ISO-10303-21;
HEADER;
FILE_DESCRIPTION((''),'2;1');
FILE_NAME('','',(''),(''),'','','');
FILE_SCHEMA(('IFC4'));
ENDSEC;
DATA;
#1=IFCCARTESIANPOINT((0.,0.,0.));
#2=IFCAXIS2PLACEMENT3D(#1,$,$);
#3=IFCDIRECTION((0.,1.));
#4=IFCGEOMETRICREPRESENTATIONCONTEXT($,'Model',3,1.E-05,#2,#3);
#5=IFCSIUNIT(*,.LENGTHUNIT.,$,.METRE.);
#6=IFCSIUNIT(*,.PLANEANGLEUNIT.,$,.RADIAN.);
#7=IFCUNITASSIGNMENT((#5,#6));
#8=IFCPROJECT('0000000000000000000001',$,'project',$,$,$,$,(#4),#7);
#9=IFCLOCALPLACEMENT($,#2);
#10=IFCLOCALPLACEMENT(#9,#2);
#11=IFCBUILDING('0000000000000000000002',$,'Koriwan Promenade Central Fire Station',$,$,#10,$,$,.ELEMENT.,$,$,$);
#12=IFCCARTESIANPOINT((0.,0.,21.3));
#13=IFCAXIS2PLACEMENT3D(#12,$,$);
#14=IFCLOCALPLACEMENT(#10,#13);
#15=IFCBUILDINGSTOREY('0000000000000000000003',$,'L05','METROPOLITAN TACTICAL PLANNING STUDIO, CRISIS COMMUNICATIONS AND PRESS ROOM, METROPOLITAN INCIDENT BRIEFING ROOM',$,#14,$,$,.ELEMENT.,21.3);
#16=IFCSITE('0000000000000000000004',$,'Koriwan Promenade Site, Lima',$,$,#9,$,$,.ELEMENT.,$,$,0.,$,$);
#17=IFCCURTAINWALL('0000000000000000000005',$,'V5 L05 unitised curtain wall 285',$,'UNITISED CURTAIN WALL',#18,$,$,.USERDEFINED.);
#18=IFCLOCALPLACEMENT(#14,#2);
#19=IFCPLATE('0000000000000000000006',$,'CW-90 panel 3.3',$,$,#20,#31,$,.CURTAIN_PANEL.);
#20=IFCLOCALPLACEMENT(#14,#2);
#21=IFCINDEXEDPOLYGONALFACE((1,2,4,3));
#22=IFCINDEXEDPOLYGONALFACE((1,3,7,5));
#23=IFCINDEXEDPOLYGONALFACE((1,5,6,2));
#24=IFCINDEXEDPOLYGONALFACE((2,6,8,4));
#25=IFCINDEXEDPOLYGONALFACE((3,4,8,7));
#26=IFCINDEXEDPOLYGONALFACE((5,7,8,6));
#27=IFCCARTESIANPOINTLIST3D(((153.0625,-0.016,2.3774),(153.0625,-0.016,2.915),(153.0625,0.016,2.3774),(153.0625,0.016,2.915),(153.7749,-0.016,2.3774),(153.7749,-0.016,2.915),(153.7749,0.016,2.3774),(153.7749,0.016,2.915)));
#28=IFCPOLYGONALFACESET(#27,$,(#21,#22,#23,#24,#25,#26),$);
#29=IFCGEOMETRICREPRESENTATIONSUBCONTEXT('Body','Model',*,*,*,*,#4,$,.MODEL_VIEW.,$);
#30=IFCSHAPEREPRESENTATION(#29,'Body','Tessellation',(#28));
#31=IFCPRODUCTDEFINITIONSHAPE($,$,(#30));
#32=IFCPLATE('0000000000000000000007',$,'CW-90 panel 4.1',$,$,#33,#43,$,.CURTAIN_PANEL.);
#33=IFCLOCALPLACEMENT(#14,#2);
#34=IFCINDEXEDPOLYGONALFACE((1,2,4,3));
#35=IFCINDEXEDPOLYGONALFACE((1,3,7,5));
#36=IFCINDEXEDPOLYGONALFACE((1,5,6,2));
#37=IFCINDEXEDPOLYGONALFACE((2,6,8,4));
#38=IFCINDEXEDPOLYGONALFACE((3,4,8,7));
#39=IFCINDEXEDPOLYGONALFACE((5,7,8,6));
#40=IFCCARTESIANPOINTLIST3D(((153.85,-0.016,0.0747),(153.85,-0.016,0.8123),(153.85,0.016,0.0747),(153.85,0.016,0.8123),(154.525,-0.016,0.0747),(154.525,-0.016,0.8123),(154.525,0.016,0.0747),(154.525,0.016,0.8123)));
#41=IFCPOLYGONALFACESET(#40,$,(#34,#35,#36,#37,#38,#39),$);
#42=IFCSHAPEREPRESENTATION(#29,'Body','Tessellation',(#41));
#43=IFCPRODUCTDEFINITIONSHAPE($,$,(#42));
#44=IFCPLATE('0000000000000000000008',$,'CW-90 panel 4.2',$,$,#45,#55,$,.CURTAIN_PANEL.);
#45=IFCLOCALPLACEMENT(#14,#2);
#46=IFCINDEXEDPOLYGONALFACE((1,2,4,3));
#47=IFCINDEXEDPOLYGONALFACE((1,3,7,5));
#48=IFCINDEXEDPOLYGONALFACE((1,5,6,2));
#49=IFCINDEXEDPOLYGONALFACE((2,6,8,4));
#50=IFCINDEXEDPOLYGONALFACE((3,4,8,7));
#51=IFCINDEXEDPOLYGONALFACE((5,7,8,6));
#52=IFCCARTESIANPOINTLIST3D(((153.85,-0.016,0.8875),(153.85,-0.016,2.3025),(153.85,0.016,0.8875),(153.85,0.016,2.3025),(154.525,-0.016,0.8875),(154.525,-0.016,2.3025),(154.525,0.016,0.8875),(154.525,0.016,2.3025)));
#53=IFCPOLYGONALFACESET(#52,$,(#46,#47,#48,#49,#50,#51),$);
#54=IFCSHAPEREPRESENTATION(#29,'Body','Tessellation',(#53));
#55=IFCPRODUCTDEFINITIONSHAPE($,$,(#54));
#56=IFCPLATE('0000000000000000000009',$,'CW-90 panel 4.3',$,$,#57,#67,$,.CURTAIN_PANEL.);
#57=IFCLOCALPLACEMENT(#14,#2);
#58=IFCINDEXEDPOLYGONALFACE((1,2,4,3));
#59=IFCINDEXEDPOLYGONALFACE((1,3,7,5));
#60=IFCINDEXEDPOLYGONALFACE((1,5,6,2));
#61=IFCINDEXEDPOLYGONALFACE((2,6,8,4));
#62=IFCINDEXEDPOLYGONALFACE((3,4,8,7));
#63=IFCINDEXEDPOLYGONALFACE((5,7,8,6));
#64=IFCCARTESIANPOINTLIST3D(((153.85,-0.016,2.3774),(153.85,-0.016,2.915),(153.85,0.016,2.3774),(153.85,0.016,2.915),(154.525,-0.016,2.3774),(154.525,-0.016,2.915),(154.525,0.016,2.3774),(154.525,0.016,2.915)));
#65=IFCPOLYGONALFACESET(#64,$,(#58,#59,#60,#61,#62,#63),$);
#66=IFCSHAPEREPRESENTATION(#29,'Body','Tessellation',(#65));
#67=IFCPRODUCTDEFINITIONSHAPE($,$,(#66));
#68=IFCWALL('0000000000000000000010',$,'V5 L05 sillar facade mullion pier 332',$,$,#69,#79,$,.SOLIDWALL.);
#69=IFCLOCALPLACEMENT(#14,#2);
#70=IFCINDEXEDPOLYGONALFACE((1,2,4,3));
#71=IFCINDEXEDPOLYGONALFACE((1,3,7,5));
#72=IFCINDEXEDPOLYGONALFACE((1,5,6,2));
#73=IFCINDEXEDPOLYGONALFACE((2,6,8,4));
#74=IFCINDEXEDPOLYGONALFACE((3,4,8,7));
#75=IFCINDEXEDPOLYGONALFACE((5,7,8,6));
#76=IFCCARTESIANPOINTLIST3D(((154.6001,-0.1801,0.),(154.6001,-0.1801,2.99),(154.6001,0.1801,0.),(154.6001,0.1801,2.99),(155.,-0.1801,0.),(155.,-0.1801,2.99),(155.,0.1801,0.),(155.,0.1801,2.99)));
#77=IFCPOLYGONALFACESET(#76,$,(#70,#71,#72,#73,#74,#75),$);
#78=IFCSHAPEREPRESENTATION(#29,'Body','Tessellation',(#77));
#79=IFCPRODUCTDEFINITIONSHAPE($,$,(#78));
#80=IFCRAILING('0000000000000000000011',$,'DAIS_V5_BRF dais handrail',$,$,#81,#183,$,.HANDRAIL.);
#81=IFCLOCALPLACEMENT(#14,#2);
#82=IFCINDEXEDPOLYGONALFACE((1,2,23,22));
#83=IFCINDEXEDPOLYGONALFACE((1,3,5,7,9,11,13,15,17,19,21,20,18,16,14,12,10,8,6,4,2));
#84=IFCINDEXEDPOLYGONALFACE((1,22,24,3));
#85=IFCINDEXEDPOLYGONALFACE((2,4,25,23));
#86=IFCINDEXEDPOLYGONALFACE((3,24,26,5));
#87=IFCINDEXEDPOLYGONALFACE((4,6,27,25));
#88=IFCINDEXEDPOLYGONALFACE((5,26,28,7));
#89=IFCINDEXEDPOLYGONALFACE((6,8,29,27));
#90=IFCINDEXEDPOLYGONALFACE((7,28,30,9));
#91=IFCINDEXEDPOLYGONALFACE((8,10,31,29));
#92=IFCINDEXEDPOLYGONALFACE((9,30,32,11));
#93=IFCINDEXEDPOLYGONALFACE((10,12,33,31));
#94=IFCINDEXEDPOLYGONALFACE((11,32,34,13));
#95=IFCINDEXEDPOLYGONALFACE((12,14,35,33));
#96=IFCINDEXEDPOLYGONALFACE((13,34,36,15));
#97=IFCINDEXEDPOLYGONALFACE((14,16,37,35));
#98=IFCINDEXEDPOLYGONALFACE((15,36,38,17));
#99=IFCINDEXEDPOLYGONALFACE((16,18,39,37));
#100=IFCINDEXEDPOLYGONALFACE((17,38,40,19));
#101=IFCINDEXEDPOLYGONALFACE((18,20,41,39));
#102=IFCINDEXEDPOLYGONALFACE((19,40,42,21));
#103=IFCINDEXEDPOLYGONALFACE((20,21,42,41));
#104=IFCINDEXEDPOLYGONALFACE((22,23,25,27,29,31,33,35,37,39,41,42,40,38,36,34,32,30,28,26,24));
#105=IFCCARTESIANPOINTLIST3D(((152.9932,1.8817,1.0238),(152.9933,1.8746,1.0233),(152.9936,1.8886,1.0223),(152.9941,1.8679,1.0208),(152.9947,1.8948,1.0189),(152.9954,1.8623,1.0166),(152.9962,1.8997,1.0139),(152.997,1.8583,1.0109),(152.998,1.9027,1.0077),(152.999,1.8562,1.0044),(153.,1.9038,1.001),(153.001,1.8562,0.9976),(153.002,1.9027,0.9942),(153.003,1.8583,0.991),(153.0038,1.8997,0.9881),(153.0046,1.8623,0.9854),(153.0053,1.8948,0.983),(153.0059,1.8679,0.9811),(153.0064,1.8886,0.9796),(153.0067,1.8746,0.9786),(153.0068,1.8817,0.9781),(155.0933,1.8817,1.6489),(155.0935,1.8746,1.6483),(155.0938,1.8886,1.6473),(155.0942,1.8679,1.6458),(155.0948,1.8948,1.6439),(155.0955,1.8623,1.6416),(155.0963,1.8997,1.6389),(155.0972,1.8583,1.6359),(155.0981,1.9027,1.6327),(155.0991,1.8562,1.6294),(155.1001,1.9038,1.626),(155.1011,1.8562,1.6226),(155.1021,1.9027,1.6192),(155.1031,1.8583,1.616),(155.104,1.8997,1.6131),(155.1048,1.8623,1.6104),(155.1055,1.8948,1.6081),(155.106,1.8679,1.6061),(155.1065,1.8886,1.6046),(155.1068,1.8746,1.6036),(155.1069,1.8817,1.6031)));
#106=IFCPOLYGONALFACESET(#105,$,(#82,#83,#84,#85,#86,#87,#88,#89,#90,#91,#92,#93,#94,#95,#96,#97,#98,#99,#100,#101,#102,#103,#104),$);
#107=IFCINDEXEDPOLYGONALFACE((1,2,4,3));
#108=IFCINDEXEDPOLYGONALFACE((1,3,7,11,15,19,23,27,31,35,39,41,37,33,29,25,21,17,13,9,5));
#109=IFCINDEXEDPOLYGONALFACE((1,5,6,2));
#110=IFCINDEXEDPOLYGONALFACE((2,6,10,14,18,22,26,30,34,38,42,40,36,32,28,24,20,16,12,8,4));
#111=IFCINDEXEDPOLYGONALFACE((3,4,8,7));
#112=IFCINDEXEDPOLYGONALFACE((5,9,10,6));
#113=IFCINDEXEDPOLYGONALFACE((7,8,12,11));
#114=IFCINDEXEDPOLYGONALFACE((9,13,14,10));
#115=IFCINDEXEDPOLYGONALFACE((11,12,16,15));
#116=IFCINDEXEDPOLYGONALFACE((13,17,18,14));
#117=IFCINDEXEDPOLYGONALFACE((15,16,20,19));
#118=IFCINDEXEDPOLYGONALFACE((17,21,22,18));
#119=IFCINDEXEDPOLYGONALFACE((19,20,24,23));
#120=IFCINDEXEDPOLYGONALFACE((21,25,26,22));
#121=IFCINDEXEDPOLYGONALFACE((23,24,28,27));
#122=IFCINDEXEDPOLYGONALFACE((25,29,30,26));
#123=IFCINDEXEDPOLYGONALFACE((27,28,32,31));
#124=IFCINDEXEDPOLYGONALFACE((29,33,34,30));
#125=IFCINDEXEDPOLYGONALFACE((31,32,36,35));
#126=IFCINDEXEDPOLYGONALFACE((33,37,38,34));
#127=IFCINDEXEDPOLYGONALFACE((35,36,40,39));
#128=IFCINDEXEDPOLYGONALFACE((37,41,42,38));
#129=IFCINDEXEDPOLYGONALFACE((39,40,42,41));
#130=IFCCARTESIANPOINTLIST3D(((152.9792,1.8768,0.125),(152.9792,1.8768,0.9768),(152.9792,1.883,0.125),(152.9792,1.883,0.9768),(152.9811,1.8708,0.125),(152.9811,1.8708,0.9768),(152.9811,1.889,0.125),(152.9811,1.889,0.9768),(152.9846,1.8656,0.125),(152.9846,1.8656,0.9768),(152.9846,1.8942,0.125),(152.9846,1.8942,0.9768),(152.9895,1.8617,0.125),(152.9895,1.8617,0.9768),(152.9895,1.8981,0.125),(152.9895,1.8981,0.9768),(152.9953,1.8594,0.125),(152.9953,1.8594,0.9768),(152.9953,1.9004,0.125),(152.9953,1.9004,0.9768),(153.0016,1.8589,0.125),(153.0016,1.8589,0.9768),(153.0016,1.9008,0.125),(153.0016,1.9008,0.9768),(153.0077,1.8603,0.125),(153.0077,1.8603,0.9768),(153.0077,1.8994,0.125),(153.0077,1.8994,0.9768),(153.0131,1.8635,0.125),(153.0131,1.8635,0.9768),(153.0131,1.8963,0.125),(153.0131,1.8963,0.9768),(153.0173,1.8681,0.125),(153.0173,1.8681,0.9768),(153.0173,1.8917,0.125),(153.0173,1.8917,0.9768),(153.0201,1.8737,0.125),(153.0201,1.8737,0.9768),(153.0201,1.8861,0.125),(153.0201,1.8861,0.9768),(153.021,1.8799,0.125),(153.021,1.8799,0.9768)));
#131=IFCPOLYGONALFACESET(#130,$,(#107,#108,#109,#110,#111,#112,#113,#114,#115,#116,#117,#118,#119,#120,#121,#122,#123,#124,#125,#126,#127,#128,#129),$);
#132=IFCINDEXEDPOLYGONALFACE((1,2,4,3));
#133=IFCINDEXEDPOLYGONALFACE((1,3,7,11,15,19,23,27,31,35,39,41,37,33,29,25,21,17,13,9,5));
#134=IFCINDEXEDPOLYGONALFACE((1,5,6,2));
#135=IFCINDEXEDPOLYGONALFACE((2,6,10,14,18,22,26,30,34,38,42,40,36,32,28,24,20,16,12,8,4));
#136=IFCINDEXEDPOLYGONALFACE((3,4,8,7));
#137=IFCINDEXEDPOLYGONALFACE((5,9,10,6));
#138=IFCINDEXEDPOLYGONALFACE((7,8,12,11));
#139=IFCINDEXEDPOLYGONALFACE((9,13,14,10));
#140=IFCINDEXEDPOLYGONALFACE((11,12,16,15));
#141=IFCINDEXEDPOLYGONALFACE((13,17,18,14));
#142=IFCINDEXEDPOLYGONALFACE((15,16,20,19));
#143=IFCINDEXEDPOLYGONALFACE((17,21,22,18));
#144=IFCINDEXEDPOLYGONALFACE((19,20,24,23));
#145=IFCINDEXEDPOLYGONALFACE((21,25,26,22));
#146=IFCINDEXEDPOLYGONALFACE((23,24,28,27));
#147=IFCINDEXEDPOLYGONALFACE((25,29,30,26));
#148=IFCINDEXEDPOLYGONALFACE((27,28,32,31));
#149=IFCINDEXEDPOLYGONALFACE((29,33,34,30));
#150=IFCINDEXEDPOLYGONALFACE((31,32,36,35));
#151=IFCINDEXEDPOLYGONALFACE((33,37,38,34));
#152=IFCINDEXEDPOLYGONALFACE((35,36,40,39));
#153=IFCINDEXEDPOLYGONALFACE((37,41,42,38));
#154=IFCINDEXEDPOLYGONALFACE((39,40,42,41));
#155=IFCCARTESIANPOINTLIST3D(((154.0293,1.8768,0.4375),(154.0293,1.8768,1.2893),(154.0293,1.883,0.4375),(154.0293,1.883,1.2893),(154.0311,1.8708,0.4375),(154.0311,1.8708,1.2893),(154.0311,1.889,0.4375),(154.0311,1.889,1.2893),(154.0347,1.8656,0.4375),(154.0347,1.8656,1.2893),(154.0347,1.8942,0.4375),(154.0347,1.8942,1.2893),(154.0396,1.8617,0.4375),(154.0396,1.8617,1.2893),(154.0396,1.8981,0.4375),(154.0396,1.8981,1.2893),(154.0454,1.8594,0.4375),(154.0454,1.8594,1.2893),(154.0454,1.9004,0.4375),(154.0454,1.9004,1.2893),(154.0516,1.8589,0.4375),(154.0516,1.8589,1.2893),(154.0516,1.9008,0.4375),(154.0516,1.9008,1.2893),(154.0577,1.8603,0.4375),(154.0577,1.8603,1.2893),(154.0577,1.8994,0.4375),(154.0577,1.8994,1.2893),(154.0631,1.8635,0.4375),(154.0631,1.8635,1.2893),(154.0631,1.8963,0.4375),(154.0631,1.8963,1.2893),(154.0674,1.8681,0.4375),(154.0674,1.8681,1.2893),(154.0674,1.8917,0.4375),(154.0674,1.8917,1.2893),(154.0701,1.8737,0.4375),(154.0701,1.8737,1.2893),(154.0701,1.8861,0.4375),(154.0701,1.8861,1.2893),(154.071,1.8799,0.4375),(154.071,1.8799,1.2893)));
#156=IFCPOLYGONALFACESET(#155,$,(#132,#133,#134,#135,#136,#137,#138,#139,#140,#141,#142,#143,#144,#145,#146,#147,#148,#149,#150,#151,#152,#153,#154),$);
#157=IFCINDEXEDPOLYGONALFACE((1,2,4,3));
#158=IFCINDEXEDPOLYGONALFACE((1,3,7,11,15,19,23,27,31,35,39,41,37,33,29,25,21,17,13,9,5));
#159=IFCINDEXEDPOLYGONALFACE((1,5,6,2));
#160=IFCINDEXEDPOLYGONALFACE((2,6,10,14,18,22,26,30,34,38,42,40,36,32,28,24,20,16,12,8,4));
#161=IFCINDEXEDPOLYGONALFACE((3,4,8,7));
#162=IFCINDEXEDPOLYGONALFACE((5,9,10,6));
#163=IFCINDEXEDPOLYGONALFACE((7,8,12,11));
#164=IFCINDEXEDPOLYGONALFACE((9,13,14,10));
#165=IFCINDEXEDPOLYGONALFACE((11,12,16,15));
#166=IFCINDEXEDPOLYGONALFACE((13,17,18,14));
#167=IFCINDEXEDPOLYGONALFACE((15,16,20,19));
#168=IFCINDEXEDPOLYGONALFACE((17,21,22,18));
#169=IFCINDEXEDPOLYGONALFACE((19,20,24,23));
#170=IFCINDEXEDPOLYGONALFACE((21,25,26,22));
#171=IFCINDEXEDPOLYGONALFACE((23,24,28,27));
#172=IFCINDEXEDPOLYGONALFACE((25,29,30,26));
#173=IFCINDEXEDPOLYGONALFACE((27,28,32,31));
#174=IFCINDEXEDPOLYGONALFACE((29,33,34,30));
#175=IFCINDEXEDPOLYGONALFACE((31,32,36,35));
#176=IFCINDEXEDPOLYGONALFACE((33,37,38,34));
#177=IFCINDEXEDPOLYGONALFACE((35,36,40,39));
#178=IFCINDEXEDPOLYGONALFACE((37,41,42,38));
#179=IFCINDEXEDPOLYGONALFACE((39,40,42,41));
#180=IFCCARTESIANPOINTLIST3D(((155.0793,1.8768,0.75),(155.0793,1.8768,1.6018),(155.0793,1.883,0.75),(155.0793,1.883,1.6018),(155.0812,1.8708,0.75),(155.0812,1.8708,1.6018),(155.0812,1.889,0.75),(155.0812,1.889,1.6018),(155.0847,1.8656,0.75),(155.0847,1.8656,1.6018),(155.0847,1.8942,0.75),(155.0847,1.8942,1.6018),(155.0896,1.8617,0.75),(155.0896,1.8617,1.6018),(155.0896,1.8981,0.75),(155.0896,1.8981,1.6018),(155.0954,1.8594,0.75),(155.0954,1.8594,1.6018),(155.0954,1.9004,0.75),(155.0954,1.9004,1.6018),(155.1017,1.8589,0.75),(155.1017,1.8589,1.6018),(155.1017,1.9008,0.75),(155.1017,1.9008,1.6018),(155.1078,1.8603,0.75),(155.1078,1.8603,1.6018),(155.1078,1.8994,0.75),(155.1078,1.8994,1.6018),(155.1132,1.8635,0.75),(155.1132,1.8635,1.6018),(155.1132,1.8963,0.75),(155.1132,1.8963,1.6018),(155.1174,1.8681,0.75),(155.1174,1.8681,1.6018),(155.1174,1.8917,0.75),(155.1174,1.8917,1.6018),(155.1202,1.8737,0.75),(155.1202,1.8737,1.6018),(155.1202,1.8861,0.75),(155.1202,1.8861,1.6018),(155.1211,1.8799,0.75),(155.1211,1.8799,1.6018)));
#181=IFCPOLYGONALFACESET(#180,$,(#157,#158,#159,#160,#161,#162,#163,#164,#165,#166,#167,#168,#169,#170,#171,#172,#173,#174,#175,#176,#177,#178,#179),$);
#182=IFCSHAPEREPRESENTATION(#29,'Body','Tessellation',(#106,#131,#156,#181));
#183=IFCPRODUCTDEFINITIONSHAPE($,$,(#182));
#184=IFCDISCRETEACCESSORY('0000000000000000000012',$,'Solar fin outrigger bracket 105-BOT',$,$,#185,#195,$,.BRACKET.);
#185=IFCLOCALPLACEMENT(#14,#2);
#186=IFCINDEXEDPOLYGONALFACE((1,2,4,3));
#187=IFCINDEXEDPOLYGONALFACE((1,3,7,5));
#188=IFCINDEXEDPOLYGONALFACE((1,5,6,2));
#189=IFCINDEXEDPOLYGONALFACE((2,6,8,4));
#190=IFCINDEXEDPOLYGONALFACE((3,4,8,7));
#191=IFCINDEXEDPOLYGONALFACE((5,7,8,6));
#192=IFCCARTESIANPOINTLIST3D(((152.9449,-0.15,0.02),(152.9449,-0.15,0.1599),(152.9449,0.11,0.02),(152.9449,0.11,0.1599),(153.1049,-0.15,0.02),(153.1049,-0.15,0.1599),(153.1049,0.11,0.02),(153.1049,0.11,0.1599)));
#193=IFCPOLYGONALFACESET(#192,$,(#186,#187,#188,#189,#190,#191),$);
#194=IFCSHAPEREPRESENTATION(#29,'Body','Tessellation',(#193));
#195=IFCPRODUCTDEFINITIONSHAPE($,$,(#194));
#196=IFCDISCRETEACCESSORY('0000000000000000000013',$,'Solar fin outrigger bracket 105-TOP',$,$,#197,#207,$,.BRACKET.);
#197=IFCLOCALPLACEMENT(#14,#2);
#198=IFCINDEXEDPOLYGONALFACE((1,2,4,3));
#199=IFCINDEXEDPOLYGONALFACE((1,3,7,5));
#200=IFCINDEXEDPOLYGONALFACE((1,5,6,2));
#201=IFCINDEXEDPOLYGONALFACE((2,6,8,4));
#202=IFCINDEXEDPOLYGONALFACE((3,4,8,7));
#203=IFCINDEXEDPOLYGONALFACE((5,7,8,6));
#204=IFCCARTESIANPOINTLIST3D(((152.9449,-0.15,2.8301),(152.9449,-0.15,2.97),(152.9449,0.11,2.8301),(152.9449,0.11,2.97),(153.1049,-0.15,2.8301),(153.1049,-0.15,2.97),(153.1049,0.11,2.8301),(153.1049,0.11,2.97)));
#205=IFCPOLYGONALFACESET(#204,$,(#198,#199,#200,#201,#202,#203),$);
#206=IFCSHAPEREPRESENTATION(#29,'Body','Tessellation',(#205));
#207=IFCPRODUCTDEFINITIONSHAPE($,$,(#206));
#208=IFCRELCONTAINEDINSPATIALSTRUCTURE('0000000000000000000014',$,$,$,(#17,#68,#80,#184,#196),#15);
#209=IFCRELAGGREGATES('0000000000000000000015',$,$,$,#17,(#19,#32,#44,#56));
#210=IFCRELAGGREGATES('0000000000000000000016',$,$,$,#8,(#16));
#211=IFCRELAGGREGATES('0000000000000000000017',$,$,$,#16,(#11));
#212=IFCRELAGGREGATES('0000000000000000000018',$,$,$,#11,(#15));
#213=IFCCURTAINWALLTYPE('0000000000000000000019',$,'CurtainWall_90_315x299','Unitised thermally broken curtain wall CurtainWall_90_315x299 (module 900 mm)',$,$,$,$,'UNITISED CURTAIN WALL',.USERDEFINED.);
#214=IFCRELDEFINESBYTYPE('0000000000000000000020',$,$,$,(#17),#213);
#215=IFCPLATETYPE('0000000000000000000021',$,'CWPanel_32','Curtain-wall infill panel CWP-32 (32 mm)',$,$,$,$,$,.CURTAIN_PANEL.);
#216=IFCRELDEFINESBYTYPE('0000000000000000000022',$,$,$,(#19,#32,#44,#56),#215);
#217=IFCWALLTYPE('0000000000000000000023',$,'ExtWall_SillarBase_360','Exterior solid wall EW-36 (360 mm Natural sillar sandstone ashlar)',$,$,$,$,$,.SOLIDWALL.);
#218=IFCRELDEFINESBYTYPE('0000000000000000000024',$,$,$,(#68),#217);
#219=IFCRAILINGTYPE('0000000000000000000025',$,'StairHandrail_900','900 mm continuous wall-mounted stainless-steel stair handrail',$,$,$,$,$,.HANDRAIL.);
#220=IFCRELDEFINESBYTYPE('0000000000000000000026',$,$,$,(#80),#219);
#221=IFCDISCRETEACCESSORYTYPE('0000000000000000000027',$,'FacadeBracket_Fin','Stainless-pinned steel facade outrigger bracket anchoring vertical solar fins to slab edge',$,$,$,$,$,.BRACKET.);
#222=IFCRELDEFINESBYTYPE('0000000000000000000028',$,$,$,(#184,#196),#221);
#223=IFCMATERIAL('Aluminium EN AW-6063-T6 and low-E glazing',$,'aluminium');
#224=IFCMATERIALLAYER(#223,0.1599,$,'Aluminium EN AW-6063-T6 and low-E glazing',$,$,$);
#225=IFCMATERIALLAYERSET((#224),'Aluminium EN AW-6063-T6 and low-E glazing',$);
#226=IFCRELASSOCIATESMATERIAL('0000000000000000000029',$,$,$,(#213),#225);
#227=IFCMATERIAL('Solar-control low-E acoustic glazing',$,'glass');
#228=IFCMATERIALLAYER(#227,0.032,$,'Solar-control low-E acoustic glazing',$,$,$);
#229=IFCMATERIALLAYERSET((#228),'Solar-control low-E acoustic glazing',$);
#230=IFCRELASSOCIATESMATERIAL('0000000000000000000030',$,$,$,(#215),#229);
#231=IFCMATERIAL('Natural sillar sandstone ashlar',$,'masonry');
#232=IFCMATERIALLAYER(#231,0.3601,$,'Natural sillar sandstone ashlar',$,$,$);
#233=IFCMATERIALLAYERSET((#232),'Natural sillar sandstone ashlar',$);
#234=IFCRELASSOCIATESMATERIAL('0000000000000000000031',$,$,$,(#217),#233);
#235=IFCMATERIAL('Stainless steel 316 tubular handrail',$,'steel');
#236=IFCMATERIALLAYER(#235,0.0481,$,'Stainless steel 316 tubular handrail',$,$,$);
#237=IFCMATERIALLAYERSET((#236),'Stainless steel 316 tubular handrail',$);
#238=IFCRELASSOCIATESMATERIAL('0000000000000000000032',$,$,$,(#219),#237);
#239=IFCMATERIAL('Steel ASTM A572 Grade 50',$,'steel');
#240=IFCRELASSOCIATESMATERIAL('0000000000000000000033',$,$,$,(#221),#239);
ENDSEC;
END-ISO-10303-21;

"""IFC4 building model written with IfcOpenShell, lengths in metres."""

from ifc_helpers import new_model, si_unit, direction, frame, frame_2d, origin, origin_2d, place, context, subcontext, project, spatial, rectangle, circle, extrude, material, layer, layer_set, type_object, element, aggregate, save


model = new_model("IFC4")

# Units and contexts
model_context = context("Model", 3, precision=1e-05, world=origin(), true_north=direction((0.0, 1.0)))
body_context = subcontext(model_context, "Body", "Model", "MODEL_VIEW")
ifc_project = project(units=[si_unit("LENGTHUNIT", "METRE"), si_unit("PLANEANGLEUNIT", "RADIAN")], contexts=[model_context])

# Site, building, storey
site_placement = place(None, origin())
site = spatial("IfcSite", under=ifc_project, at=site_placement, Name="Koriwan Promenade Site, Lima", CompositionType="ELEMENT", RefElevation=0.0)
building_placement = place(site_placement, origin())
building = spatial("IfcBuilding", under=site, at=building_placement, Name="Koriwan Promenade Central Fire Station", CompositionType="ELEMENT")
storey_placement = place(building_placement, frame((0.0, 0.0, 21.3)))
storey = spatial("IfcBuildingStorey", under=building, at=storey_placement, Name="L05", Description="METROPOLITAN TACTICAL PLANNING STUDIO, CRISIS COMMUNICATIONS AND PRESS ROOM, METROPOLITAN INCIDENT BRIEFING ROOM", CompositionType="ELEMENT", Elevation=21.3)

# Curtain wall
ifc_material_1 = material(Name="Aluminium EN AW-6063-T6 and low-E glazing", Category="aluminium")
ifc_layer_1 = layer(ifc_material_1, 0.1599, Name="Aluminium EN AW-6063-T6 and low-E glazing")
ifc_layer_set_1 = layer_set([ifc_layer_1], Name="Aluminium EN AW-6063-T6 and low-E glazing")
curtain_wall_type_1 = type_object("IfcCurtainWallType", Name="CurtainWall_90_315x299", Description="Unitised thermally broken curtain wall CurtainWall_90_315x299 (module 900 mm)", ElementType="UNITISED CURTAIN WALL", PredefinedType="USERDEFINED", material=ifc_layer_set_1)
curtain_wall_1_placement = place(storey_placement, origin())
curtain_wall_1 = element("IfcCurtainWall", 1, at=curtain_wall_1_placement, inside=storey, type_object=curtain_wall_type_1, Name="V5 L05 unitised curtain wall 285", ObjectType="UNITISED CURTAIN WALL", PredefinedType="USERDEFINED")

# Plates
ifc_material_2 = material(Name="Solar-control low-E acoustic glazing", Category="glass")
ifc_layer_2 = layer(ifc_material_2, 0.032, Name="Solar-control low-E acoustic glazing")
ifc_layer_set_2 = layer_set([ifc_layer_2], Name="Solar-control low-E acoustic glazing")
plate_type = type_object("IfcPlateType", Name="CWPanel_32", Description="Curtain-wall infill panel CWP-32 (32 mm)", PredefinedType="CURTAIN_PANEL", material=ifc_layer_set_2)
plate_1_placement = place(storey_placement, frame((153.4187, 0.0, 2.3774), z_axis=(0.0, 0.0, 1.0), x_axis=(1.0, 0.0, 0.0)))
plate_1 = element("IfcPlate", 2, at=plate_1_placement, type_object=plate_type, Name="CW-90 panel 3.3", PredefinedType="CURTAIN_PANEL", context=body_context, shape_type="SweptSolid", body=[
    extrude(rectangle(XDim=0.7124, YDim=0.032, at=origin_2d()), origin(), (0.0, 0.0, 1.0), 0.5376),
])
plate_2_placement = place(storey_placement, frame((154.1875, 0.0, 0.0747), z_axis=(0.0, 0.0, 1.0), x_axis=(1.0, 0.0, 0.0)))
plate_2 = element("IfcPlate", 3, at=plate_2_placement, type_object=plate_type, Name="CW-90 panel 4.1", PredefinedType="CURTAIN_PANEL", context=body_context, shape_type="SweptSolid", body=[
    extrude(rectangle(XDim=0.675, YDim=0.032, at=origin_2d()), origin(), (0.0, 0.0, 1.0), 0.7375),
])
plate_3_placement = place(storey_placement, frame((154.1875, 0.0, 0.8875), z_axis=(0.0, 0.0, 1.0), x_axis=(1.0, 0.0, 0.0)))
plate_3 = element("IfcPlate", 4, at=plate_3_placement, type_object=plate_type, Name="CW-90 panel 4.2", PredefinedType="CURTAIN_PANEL", context=body_context, shape_type="SweptSolid", body=[
    extrude(rectangle(XDim=0.675, YDim=0.032, at=origin_2d()), origin(), (0.0, 0.0, 1.0), 1.415),
])
plate_4_placement = place(storey_placement, frame((154.1875, 0.0, 2.3774), z_axis=(0.0, 0.0, 1.0), x_axis=(1.0, 0.0, 0.0)))
plate_4 = element("IfcPlate", 5, at=plate_4_placement, type_object=plate_type, Name="CW-90 panel 4.3", PredefinedType="CURTAIN_PANEL", context=body_context, shape_type="SweptSolid", body=[
    extrude(rectangle(XDim=0.675, YDim=0.032, at=origin_2d()), origin(), (0.0, 0.0, 1.0), 0.5376),
])
aggregate(curtain_wall_1, [plate_1, plate_2, plate_3, plate_4])

# Wall
ifc_material_3 = material(Name="Natural sillar sandstone ashlar", Category="masonry")
ifc_layer_3 = layer(ifc_material_3, 0.3601, Name="Natural sillar sandstone ashlar")
ifc_layer_set_3 = layer_set([ifc_layer_3], Name="Natural sillar sandstone ashlar")
wall_type = type_object("IfcWallType", Name="ExtWall_SillarBase_360", Description="Exterior solid wall EW-36 (360 mm Natural sillar sandstone ashlar)", PredefinedType="SOLIDWALL", material=ifc_layer_set_3)
wall_placement = place(storey_placement, frame((154.6001, 0.0, 0.0), z_axis=(0.0, 0.0, 1.0), x_axis=(1.0, 0.0, 0.0)))
element("IfcWall", 6, at=wall_placement, inside=storey, type_object=wall_type, Name="V5 L05 sillar facade mullion pier 332", PredefinedType="SOLIDWALL", context=body_context, shape_type="SweptSolid", body=[
    extrude(rectangle(XDim=0.3999, YDim=0.3601, at=frame_2d((0.2, 0.0))), origin(), (0.0, 0.0, 1.0), 2.99),
])

# Railing
ifc_material_4 = material(Name="Stainless steel 316 tubular handrail", Category="steel")
ifc_layer_4 = layer(ifc_material_4, 0.0481, Name="Stainless steel 316 tubular handrail")
ifc_layer_set_4 = layer_set([ifc_layer_4], Name="Stainless steel 316 tubular handrail")
railing_type = type_object("IfcRailingType", Name="StairHandrail_900", Description="900 mm continuous wall-mounted stainless-steel stair handrail", PredefinedType="HANDRAIL", material=ifc_layer_set_4)
railing_placement = place(storey_placement, frame((153.0, 1.8799, 0.125)))
element("IfcRailing", 7, at=railing_placement, inside=storey, type_object=railing_type, Name="DAIS_V5_BRF dais handrail", PredefinedType="HANDRAIL", context=body_context, shape_type="SweptSolid", body=[
    extrude(circle(Radius=0.0239, at=origin_2d()), frame((0.0, 0.0, 0.876), z_axis=(0.958456, 0.0, 0.285241), x_axis=(0.0, 1.0, 0.0)), (0.0, 0.0, 1.0), 2.1912),
    extrude(circle(Radius=0.021, at=origin_2d()), origin(), (0.0, 0.0, 1.0), 0.8518),
    extrude(circle(Radius=0.021, at=origin_2d()), frame((1.05, 0.0, 0.3125)), (0.0, 0.0, 1.0), 0.8518),
    extrude(circle(Radius=0.021, at=origin_2d()), frame((2.1001, 0.0, 0.625)), (0.0, 0.0, 1.0), 0.8518),
])

# Discrete accessories
ifc_material_5 = material(Name="Steel ASTM A572 Grade 50", Category="steel")
discrete_accessory_type = type_object("IfcDiscreteAccessoryType", Name="FacadeBracket_Fin", Description="Stainless-pinned steel facade outrigger bracket anchoring vertical solar fins to slab edge", PredefinedType="BRACKET", material=ifc_material_5)
for number, where, z_axis, x_axis, name in (
    (8, (153.0249, -0.02, 0.02), (0.0, 0.0, 1.0), (0.0, -1.0, 0.0), "Solar fin outrigger bracket 105-BOT"),
    (9, (153.0249, -0.02, 2.8301), (0.0, 0.0, 1.0), (0.0, -1.0, 0.0), "Solar fin outrigger bracket 105-TOP"),
):
    element("IfcDiscreteAccessory", number, at=place(storey_placement, frame(where, z_axis=z_axis, x_axis=x_axis)), inside=storey, type_object=discrete_accessory_type, Name=name, PredefinedType="BRACKET", context=body_context, shape_type="SweptSolid", body=[
        extrude(rectangle(XDim=0.26, YDim=0.1599, at=origin_2d()), origin(), (0.0, 0.0, 1.0), 0.1399),
    ])

save(model, "model.ifc")
